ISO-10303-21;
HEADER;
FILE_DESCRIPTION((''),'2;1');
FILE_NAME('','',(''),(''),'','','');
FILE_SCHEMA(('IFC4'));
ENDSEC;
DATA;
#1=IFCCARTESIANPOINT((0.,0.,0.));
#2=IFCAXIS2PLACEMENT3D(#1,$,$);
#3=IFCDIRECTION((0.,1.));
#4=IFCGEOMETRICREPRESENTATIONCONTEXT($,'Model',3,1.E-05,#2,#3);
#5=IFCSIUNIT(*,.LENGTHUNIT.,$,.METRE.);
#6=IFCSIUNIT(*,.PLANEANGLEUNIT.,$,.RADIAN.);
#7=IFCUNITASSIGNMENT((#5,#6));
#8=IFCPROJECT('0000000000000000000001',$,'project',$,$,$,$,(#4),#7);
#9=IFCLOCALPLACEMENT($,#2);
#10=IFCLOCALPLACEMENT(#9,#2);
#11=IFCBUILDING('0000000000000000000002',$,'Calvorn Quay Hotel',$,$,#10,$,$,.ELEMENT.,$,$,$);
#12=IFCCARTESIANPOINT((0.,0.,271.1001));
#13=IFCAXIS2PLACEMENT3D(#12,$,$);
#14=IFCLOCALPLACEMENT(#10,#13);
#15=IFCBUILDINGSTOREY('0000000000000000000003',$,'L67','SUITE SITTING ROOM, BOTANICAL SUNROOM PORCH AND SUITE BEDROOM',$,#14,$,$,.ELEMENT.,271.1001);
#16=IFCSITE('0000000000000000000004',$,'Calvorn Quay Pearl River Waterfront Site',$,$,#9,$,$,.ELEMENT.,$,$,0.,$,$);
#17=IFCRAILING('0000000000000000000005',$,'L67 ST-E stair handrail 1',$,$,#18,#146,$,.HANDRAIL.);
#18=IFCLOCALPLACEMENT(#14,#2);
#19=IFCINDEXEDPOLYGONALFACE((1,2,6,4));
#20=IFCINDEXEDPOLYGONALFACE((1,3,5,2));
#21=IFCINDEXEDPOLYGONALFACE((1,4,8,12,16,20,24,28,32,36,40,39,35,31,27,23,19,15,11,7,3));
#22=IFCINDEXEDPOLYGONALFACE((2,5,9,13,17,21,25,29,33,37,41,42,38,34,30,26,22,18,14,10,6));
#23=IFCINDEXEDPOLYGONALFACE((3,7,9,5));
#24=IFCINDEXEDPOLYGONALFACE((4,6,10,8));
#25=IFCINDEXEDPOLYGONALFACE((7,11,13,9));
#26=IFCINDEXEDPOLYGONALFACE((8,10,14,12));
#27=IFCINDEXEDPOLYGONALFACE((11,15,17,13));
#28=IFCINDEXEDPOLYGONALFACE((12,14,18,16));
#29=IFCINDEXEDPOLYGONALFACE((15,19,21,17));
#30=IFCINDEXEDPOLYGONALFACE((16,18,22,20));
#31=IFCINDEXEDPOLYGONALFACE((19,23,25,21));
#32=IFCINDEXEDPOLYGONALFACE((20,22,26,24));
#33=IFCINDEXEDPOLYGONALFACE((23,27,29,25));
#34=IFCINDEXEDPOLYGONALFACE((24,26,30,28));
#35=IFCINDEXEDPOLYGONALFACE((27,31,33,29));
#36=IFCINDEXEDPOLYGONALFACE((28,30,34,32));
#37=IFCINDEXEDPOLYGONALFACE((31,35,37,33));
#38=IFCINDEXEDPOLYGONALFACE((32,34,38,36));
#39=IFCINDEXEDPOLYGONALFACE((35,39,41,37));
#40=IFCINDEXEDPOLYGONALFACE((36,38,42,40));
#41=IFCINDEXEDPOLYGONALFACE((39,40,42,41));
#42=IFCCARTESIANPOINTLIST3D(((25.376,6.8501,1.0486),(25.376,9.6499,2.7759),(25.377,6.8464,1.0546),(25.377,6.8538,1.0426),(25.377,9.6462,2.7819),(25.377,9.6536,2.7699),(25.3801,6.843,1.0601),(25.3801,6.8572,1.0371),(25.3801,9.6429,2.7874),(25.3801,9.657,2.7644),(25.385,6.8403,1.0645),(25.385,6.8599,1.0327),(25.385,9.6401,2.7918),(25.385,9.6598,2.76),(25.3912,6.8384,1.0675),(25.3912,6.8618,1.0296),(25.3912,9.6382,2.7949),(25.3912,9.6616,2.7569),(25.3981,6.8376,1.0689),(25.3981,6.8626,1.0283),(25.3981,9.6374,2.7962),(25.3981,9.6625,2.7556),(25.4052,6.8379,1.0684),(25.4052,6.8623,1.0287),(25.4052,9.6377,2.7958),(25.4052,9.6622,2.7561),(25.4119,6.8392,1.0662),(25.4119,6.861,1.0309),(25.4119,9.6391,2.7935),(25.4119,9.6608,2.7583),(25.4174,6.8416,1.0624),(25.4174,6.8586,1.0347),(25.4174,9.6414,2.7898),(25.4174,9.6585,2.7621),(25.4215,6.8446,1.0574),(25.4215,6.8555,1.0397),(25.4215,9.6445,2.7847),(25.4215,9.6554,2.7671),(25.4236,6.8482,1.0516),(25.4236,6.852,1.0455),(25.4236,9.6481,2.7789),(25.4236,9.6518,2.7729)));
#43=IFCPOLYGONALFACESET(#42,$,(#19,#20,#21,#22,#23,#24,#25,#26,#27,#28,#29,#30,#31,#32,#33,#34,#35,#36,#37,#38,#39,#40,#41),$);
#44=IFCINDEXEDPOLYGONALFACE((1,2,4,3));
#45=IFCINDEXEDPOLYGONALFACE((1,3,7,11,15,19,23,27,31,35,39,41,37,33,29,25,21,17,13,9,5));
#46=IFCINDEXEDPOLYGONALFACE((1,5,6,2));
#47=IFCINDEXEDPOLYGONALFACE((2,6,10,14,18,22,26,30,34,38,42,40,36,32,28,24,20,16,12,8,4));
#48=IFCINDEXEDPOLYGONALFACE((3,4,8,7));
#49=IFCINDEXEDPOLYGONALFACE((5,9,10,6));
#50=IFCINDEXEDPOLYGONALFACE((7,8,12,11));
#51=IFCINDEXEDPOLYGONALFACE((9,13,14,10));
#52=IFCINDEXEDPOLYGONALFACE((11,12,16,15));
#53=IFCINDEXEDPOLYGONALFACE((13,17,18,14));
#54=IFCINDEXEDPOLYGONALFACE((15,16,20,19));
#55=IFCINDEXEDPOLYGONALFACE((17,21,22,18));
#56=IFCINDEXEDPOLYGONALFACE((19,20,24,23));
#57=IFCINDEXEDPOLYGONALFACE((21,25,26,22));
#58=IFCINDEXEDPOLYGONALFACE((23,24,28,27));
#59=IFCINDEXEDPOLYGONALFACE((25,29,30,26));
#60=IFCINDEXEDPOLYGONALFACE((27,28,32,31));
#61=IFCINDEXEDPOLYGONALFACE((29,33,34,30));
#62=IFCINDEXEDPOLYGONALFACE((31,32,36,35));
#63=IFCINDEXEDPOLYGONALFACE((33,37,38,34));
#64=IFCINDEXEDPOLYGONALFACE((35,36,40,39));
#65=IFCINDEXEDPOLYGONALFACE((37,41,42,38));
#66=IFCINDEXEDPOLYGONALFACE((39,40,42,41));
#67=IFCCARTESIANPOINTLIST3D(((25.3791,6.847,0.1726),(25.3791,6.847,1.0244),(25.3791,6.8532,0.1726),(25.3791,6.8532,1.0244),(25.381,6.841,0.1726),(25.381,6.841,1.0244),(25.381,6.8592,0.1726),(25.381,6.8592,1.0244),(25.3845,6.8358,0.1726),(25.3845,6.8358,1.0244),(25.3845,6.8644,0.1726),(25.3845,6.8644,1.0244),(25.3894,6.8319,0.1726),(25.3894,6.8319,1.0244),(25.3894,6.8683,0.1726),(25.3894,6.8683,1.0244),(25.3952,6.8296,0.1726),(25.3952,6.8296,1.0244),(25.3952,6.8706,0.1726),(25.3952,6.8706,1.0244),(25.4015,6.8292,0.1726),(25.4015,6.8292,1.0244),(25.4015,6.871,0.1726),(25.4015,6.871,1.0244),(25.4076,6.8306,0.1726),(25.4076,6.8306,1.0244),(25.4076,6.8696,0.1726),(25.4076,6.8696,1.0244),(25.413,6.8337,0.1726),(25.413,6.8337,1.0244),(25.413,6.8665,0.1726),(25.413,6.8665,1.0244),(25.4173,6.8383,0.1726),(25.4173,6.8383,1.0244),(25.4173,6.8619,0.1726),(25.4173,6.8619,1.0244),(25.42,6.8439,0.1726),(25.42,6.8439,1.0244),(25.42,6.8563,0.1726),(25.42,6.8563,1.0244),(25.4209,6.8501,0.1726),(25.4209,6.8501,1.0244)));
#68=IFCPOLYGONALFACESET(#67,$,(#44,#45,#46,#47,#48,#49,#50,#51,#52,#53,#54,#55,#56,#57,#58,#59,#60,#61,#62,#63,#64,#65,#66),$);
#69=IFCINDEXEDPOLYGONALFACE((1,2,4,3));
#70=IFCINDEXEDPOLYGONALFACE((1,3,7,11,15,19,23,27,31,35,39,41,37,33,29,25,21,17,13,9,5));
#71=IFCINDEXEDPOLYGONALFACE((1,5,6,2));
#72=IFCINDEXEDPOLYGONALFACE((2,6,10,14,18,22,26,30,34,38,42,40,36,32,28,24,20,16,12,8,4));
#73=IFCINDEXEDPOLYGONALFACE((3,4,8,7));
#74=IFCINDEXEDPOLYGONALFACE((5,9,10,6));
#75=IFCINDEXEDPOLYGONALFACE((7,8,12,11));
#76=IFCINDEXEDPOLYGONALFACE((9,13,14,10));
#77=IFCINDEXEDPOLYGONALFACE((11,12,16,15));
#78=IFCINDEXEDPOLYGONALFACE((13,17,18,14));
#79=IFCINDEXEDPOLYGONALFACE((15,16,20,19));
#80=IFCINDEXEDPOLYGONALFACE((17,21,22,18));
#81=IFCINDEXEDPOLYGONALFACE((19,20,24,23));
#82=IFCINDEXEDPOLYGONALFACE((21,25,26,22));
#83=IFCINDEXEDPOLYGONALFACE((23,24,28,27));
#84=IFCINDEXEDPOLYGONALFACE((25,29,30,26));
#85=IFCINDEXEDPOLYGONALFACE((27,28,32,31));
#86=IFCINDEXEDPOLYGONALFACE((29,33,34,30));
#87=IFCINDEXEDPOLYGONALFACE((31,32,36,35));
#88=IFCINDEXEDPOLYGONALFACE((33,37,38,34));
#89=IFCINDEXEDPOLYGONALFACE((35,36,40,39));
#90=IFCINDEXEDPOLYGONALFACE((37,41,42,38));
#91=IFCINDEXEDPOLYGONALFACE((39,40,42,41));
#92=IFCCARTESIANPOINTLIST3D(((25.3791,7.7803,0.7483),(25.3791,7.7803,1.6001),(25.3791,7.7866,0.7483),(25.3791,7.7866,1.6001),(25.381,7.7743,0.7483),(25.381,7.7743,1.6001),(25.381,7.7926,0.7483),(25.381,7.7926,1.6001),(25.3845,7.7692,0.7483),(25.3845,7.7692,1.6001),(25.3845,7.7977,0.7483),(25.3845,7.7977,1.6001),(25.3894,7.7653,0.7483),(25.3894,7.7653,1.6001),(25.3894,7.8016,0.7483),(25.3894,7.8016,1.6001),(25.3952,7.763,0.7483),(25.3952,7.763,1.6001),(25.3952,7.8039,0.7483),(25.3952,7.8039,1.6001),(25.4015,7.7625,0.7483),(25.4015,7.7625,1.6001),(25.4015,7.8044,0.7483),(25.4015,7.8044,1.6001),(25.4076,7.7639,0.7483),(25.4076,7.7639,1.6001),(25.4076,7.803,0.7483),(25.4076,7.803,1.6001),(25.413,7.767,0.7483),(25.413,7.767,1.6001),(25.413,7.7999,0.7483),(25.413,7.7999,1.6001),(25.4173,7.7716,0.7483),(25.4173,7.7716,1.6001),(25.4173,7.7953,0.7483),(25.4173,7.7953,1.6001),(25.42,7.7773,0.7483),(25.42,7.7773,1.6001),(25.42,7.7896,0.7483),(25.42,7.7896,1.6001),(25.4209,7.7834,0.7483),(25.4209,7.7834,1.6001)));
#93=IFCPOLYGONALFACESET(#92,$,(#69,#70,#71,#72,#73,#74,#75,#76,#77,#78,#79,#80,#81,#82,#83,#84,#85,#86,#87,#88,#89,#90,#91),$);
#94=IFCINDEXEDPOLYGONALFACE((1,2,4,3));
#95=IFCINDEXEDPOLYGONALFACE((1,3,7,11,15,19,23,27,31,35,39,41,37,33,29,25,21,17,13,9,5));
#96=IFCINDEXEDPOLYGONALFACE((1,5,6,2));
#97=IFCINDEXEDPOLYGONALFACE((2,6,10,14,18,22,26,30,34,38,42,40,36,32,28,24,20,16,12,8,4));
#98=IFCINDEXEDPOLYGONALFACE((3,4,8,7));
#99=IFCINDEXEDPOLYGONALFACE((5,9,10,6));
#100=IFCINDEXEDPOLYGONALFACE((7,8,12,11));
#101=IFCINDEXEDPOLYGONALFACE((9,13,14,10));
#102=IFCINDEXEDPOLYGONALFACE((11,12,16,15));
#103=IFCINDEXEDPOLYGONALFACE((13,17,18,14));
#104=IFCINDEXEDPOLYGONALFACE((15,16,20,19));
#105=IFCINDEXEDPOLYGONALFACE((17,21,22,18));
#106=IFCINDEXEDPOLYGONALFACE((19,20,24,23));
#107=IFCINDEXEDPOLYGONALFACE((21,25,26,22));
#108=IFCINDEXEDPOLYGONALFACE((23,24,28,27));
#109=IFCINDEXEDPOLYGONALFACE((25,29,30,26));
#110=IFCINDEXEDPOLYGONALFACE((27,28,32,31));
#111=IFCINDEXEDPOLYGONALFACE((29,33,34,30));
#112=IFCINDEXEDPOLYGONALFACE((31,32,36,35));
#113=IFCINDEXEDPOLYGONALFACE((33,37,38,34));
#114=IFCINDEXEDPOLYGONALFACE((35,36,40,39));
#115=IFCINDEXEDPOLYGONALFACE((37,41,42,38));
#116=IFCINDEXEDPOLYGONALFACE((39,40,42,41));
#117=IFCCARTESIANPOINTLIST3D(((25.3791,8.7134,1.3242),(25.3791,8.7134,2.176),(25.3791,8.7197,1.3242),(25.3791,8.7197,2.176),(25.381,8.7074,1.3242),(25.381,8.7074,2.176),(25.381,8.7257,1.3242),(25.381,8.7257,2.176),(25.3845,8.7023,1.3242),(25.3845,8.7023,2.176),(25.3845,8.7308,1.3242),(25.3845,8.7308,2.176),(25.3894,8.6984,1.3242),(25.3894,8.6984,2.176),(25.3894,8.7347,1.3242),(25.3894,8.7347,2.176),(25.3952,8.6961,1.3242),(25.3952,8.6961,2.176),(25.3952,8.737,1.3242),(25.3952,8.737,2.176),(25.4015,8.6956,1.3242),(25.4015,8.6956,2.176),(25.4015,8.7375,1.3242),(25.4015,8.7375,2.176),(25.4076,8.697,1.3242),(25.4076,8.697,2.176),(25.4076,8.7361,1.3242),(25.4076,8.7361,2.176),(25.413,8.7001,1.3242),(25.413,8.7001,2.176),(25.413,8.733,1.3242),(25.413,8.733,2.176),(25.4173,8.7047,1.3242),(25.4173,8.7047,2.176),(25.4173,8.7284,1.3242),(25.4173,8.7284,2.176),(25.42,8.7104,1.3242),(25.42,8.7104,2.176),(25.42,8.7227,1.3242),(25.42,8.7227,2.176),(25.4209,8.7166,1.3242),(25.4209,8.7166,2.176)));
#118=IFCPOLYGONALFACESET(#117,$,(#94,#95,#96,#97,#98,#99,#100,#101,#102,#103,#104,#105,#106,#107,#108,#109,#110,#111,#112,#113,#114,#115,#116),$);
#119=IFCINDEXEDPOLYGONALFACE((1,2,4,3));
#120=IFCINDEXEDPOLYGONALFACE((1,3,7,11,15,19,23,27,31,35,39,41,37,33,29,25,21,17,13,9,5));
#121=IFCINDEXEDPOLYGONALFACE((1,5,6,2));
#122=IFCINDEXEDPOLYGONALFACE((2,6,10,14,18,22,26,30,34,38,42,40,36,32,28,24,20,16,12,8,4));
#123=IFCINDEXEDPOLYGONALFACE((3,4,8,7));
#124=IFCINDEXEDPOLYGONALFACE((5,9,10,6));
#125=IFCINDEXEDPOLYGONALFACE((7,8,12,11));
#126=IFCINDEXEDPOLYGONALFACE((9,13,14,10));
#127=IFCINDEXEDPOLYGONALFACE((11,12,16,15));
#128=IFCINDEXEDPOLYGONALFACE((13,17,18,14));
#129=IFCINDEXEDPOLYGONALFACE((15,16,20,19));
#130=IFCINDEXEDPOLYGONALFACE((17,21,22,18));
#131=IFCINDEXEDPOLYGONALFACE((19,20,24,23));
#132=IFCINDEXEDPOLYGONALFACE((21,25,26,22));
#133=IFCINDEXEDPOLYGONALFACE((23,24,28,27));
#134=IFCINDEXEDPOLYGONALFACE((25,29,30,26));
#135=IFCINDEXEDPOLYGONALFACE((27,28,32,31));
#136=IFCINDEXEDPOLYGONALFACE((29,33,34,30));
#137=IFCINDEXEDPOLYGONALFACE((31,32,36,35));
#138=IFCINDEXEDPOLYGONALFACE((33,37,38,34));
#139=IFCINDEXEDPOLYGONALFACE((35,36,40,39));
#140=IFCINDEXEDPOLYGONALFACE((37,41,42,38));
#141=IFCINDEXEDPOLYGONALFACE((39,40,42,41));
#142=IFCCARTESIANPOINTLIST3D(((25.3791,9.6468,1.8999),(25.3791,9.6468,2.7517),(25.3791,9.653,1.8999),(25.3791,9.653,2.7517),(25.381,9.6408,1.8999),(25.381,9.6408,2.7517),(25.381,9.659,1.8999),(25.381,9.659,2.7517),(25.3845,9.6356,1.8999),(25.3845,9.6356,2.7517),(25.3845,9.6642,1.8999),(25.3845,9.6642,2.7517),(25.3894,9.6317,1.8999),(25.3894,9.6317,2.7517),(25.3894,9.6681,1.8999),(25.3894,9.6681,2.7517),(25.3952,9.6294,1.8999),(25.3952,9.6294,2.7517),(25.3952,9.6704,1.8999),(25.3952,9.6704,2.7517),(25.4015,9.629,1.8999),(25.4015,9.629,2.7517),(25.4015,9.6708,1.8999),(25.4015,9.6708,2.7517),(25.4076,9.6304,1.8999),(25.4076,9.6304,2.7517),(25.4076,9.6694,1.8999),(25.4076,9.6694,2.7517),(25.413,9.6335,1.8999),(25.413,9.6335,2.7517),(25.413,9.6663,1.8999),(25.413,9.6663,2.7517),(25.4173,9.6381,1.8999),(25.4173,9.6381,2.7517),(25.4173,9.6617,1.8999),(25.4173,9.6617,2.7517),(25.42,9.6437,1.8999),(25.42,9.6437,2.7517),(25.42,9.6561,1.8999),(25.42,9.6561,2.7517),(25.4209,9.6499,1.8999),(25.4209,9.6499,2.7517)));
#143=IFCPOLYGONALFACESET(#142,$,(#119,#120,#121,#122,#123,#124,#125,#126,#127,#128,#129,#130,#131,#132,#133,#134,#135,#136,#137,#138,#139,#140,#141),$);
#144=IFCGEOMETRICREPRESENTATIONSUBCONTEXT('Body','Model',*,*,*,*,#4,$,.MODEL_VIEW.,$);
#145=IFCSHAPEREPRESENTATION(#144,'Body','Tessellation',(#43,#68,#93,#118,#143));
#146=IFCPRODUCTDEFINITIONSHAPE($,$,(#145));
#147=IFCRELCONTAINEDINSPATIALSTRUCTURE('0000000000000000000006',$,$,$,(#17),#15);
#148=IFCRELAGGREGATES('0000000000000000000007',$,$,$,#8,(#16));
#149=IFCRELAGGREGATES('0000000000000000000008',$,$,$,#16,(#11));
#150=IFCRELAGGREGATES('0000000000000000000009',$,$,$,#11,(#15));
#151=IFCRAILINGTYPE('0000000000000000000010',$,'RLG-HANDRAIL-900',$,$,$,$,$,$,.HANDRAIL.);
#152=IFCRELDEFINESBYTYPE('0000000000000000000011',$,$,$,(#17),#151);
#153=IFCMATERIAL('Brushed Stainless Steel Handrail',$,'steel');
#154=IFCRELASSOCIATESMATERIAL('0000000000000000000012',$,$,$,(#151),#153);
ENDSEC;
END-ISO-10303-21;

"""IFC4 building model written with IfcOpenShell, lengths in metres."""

from ifc_helpers import new_model, si_unit, direction, frame, origin, origin_2d, place, context, subcontext, project, spatial, circle, extrude, material, type_object, element, save


model = new_model("IFC4")

# Units and contexts
model_context = context("Model", 3, precision=1e-05, world=origin(), true_north=direction((0.0, 1.0)))
body_context = subcontext(model_context, "Body", "Model", "MODEL_VIEW")
ifc_project = project(units=[si_unit("LENGTHUNIT", "METRE"), si_unit("PLANEANGLEUNIT", "RADIAN")], contexts=[model_context])

# Site, building, storey
site_placement = place(None, origin())
site = spatial("IfcSite", under=ifc_project, at=site_placement, Name="Calvorn Quay Pearl River Waterfront Site", CompositionType="ELEMENT", RefElevation=0.0)
building_placement = place(site_placement, origin())
building = spatial("IfcBuilding", under=site, at=building_placement, Name="Calvorn Quay Hotel", CompositionType="ELEMENT")
storey_placement = place(building_placement, frame((0.0, 0.0, 271.1001)))
storey = spatial("IfcBuildingStorey", under=building, at=storey_placement, Name="L67", Description="SUITE SITTING ROOM, BOTANICAL SUNROOM PORCH AND SUITE BEDROOM", CompositionType="ELEMENT", Elevation=271.1001)

# Railing
ifc_material_1 = material(Name="Brushed Stainless Steel Handrail", Category="steel")
railing_type_1 = type_object("IfcRailingType", Name="RLG-HANDRAIL-900", PredefinedType="HANDRAIL", material=ifc_material_1)
railing_1_placement = place(storey_placement, frame((25.3999, 6.8501, 0.1726)))
element("IfcRailing", 1, at=railing_1_placement, inside=storey, type_object=railing_type_1, Name="L67 ST-E stair handrail 1", PredefinedType="HANDRAIL", context=body_context, shape_type="SweptSolid", body=[
    extrude(circle(Radius=0.0239, at=origin_2d()), frame((0.0, 0.0, 0.876), z_axis=(0.0, 0.851069, 0.525054), x_axis=(-1.0, 0.0, 0.0)), (0.0, 0.0, 1.0), 3.2898),
    extrude(circle(Radius=0.021, at=origin_2d()), origin(), (0.0, 0.0, 1.0), 0.8518),
    extrude(circle(Radius=0.021, at=origin_2d()), frame((0.0, 0.9333, 0.5757)), (0.0, 0.0, 1.0), 0.8518),
    extrude(circle(Radius=0.021, at=origin_2d()), frame((0.0, 1.8665, 1.1516)), (0.0, 0.0, 1.0), 0.8518),
    extrude(circle(Radius=0.021, at=origin_2d()), frame((0.0, 2.7998, 1.7273)), (0.0, 0.0, 1.0), 0.8518),
])

save(model, "model.ifc")
